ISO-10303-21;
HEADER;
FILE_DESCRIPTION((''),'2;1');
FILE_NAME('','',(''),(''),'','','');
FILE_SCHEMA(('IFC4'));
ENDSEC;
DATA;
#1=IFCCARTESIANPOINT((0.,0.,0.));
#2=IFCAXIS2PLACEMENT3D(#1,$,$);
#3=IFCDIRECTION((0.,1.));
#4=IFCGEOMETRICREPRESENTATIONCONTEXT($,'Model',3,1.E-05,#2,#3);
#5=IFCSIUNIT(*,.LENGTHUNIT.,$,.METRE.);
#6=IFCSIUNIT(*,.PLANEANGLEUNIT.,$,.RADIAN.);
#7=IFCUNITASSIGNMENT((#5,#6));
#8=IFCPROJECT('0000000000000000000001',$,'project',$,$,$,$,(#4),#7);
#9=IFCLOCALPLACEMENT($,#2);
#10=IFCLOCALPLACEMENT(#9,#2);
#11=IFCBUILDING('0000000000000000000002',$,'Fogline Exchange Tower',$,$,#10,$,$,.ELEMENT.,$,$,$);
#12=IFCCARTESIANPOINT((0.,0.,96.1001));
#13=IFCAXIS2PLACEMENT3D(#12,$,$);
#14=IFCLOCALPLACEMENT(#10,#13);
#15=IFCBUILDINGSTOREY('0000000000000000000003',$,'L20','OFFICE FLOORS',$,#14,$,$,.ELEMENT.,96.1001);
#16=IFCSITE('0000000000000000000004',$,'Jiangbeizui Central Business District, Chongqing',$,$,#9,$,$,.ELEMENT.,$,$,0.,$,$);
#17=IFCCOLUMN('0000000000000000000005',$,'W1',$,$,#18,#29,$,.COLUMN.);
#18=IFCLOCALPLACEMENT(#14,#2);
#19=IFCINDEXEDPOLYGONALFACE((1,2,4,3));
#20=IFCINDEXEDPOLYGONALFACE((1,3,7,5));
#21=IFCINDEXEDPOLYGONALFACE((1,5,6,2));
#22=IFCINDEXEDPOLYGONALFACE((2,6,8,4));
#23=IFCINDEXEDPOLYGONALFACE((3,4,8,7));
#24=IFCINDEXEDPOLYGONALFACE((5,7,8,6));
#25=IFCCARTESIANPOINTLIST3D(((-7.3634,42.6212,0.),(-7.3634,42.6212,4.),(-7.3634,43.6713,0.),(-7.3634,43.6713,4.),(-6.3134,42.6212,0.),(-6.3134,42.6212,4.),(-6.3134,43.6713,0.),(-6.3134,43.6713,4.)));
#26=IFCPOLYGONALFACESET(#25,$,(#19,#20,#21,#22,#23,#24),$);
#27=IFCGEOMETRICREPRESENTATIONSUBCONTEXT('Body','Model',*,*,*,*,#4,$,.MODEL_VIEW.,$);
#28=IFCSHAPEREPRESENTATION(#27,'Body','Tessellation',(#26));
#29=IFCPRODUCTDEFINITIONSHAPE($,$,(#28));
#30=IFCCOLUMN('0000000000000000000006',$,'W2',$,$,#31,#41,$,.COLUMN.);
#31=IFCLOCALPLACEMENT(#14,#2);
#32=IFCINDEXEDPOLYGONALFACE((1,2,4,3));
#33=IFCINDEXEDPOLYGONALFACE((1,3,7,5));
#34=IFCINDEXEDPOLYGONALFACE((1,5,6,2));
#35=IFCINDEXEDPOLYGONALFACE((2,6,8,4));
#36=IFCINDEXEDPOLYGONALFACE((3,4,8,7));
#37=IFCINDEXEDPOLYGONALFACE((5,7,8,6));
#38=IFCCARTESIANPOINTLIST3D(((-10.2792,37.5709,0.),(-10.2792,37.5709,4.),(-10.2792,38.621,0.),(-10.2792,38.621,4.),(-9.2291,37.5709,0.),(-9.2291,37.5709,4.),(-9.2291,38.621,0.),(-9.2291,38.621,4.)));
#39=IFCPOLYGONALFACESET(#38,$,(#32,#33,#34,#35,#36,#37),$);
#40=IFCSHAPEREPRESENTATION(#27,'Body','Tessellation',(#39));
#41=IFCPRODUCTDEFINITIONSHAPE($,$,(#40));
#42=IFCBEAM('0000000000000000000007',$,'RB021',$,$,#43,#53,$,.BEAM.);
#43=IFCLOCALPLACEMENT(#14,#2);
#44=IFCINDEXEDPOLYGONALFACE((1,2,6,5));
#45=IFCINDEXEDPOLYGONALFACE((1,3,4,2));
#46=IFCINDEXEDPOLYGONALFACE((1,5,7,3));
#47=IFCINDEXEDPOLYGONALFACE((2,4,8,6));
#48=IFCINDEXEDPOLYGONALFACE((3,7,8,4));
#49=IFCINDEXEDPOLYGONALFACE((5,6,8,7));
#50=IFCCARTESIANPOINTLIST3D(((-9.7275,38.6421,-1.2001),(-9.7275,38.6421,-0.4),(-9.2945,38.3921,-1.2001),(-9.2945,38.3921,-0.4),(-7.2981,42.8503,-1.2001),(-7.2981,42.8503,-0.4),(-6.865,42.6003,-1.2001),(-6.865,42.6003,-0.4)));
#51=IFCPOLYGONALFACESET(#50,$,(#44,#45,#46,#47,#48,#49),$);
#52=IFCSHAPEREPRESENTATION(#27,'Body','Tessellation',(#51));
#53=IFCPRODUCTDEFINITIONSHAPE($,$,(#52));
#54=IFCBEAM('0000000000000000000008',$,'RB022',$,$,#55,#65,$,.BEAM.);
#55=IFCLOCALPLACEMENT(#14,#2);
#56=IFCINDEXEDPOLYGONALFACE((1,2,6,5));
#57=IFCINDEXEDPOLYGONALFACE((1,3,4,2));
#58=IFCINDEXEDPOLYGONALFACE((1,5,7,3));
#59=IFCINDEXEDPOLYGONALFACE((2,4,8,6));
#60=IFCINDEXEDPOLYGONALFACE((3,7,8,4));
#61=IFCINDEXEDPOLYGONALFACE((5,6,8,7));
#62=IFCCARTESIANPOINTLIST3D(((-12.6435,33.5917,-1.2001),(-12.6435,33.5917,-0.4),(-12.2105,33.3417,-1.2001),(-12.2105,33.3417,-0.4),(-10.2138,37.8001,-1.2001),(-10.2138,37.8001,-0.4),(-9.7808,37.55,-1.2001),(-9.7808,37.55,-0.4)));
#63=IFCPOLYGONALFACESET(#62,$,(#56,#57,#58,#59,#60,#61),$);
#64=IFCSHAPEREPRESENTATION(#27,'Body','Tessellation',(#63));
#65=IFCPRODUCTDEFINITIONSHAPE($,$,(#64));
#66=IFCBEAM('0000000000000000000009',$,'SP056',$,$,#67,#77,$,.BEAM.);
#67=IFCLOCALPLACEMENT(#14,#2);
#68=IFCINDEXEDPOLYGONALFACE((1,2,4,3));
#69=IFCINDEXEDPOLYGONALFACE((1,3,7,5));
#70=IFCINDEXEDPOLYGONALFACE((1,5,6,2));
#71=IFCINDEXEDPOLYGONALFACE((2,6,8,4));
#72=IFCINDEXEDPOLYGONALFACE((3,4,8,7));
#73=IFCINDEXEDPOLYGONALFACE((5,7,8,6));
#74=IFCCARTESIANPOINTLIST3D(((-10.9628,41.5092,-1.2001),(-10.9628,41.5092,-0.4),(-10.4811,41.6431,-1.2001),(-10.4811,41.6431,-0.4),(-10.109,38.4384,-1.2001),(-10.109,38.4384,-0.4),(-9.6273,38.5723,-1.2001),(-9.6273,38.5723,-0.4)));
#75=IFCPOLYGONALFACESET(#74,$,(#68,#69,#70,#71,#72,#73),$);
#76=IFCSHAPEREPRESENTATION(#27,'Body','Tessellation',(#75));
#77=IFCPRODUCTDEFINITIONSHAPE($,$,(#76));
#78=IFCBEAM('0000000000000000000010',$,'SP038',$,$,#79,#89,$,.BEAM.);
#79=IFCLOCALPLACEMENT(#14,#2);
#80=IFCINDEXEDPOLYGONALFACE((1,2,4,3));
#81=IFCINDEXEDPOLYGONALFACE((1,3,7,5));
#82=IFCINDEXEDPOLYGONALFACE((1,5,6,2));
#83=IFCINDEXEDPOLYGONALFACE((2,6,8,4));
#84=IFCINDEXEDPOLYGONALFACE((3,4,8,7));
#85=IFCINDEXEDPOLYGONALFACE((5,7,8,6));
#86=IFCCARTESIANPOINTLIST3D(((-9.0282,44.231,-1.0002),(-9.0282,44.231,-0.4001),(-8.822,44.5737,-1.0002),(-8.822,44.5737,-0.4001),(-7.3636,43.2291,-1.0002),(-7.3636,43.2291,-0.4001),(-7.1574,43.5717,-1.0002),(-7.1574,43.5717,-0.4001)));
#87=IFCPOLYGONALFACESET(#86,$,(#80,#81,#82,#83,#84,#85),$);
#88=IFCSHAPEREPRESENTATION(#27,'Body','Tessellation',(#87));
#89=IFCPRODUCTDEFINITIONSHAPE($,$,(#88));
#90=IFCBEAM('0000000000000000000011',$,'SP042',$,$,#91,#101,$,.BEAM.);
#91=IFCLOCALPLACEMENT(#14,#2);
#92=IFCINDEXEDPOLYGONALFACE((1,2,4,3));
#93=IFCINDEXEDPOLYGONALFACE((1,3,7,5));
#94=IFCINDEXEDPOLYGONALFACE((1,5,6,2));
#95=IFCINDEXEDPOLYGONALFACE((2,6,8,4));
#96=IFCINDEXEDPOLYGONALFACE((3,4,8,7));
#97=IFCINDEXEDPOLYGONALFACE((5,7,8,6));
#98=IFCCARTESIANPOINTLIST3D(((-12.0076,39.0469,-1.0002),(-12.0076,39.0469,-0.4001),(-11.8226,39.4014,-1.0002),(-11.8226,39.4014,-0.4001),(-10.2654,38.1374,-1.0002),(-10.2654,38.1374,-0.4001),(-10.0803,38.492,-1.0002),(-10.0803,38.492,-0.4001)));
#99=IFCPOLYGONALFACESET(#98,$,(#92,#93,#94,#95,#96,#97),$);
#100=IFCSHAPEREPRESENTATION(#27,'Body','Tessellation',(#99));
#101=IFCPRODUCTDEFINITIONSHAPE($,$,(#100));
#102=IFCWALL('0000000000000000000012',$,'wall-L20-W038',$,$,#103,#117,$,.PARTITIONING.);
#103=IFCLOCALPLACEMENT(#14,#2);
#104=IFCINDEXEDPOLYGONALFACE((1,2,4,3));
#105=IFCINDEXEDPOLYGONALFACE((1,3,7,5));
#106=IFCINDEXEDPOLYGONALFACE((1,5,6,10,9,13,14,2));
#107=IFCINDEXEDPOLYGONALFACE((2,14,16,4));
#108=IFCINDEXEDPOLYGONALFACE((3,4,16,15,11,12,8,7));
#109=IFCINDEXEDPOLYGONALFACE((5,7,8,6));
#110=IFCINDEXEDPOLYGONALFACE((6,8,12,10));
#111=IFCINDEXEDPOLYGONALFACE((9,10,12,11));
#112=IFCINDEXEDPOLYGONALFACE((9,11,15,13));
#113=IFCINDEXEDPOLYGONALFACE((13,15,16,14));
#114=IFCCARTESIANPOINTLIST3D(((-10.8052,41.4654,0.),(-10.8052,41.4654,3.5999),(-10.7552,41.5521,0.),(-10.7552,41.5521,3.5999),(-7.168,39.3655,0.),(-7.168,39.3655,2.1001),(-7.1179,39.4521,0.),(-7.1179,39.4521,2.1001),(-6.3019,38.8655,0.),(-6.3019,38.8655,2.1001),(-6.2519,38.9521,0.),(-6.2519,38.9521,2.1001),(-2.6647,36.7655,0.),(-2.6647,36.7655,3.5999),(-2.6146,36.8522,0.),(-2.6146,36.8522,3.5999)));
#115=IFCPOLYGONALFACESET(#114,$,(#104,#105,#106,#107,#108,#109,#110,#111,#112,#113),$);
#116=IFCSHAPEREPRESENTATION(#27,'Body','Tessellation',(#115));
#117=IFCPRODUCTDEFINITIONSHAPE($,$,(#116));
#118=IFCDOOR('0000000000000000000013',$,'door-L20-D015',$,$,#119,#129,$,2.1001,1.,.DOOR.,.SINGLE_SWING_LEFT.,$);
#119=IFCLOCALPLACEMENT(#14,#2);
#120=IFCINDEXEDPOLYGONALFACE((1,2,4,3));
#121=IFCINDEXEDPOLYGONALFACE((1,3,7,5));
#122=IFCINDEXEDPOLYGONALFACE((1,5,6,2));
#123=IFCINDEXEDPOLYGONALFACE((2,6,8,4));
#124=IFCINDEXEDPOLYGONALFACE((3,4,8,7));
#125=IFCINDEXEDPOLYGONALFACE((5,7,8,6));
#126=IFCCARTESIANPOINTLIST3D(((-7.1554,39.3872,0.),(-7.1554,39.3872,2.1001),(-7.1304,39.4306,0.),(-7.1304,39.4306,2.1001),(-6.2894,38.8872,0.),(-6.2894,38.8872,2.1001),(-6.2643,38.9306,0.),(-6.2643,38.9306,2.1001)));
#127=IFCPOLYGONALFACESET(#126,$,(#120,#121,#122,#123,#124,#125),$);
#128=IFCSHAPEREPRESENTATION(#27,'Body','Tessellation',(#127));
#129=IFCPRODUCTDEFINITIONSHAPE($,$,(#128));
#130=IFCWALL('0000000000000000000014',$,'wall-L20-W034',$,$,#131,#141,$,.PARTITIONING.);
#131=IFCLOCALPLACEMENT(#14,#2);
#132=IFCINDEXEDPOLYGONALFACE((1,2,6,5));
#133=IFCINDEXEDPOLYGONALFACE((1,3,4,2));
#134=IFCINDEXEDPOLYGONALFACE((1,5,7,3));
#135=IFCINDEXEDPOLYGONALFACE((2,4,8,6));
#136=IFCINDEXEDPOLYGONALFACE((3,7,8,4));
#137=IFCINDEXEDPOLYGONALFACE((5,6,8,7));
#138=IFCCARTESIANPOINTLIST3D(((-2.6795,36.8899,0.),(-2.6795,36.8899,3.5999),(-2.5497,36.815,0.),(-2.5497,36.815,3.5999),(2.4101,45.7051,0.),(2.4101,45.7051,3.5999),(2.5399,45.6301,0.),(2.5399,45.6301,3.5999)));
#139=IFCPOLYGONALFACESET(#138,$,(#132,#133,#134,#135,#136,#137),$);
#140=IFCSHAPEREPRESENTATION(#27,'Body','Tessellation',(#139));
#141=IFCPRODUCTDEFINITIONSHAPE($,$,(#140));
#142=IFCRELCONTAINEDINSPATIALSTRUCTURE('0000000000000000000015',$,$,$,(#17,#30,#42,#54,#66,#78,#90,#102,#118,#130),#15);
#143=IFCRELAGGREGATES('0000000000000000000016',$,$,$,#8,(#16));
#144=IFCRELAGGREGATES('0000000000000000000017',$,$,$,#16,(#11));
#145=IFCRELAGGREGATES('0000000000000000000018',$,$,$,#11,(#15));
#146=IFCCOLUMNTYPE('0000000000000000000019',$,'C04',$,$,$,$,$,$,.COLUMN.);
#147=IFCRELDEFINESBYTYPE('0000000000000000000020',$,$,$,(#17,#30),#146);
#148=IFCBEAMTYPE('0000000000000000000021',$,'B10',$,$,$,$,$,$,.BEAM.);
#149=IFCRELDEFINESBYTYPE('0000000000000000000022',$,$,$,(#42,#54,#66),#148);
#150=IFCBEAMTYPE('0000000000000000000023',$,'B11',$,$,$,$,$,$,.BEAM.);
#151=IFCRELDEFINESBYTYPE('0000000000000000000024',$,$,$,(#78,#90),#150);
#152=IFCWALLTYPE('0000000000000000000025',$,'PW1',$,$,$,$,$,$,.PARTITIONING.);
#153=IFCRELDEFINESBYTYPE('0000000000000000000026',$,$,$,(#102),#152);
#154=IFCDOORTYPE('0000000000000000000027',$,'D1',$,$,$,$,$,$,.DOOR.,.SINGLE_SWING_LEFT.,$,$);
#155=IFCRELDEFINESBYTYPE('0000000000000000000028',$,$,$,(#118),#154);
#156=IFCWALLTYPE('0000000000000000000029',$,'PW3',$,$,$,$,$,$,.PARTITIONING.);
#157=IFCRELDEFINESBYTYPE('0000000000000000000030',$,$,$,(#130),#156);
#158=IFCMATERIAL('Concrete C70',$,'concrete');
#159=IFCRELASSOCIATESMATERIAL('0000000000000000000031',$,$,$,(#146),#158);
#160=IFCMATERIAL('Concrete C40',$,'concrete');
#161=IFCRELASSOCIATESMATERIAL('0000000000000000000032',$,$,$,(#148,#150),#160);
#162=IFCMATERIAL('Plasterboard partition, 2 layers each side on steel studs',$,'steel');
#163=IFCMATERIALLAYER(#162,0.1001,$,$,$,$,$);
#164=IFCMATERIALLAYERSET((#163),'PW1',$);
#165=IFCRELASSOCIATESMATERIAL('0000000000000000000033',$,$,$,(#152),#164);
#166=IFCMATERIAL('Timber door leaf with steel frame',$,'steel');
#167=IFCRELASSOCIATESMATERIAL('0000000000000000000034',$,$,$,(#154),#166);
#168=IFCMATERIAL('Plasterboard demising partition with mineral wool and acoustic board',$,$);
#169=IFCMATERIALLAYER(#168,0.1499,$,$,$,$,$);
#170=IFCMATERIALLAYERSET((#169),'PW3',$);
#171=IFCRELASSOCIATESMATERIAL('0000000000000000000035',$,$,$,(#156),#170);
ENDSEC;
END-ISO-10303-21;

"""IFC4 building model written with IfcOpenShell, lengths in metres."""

from ifc_helpers import new_model, si_unit, direction, frame, frame_2d, origin, origin_2d, place, context, subcontext, project, spatial, rectangle, extrude, material, layer, layer_set, material_profile, profile_set, type_object, element, fill, save


model = new_model("IFC4")

# Units and contexts
model_context = context("Model", 3, precision=1e-05, world=origin(), true_north=direction((0.0, 1.0)))
body_context = subcontext(model_context, "Body", "Model", "MODEL_VIEW")
ifc_project = project(units=[si_unit("LENGTHUNIT", "METRE"), si_unit("PLANEANGLEUNIT", "RADIAN")], contexts=[model_context])

# Site, building, storey
site_placement = place(None, origin())
site = spatial("IfcSite", under=ifc_project, at=site_placement, Name="Jiangbeizui Central Business District, Chongqing", CompositionType="ELEMENT", RefElevation=0.0)
building_placement = place(site_placement, origin())
building = spatial("IfcBuilding", under=site, at=building_placement, Name="Fogline Exchange Tower", CompositionType="ELEMENT")
storey_placement = place(building_placement, frame((0.0, 0.0, 96.1001)))
storey = spatial("IfcBuildingStorey", under=building, at=storey_placement, Name="L20", Description="OFFICE FLOORS", CompositionType="ELEMENT", Elevation=96.1001)

# Columns
ifc_material_1 = material(Name="Concrete C70", Category="concrete")
ifc_material_profile_1 = material_profile(ifc_material_1, rectangle(XDim=1.05, YDim=1.05, at=origin_2d()), Name="RC 1050x1050")
ifc_profile_set_1 = profile_set([ifc_material_profile_1], Name="Concrete C70")
column_type = type_object("IfcColumnType", Name="C04", PredefinedType="COLUMN", material=ifc_profile_set_1)
for number, where, z_axis, x_axis, name in (
    (1, (-6.8384, 43.1462, 0.0), (0.0, 0.0, 1.0), (1.0, 0.0, 0.0), "W1"),
    (2, (-9.7542, 38.0959, 0.0), (0.0, 0.0, 1.0), (1.0, 0.0, 0.0), "W2"),
):
    element("IfcColumn", number, at=place(storey_placement, frame(where, z_axis=z_axis, x_axis=x_axis)), inside=storey, type_object=column_type, Name=name, PredefinedType="COLUMN", context=body_context, shape_type="SweptSolid", body=[
        extrude(rectangle(XDim=1.05, YDim=1.05, at=origin_2d()), origin(), (0.0, 0.0, 1.0), 4.0),
    ])

# Beams
ifc_material_2 = material(Name="Concrete C40", Category="concrete")
ifc_material_profile_2 = material_profile(ifc_material_2, rectangle(XDim=0.5, YDim=0.8, at=origin_2d()), Name="RC 500x800")
ifc_profile_set_2 = profile_set([ifc_material_profile_2], Name="Concrete C40")
beam_type_1 = type_object("IfcBeamType", Name="B10", PredefinedType="BEAM", material=ifc_profile_set_2)
beam_1_placement = place(storey_placement, frame((-7.0815, 42.7253, -0.8), z_axis=(-0.49997, -0.866043, 0.0), x_axis=(0.866043, -0.49997, 0.0)))
element("IfcBeam", 3, at=beam_1_placement, inside=storey, type_object=beam_type_1, Name="RB021", PredefinedType="BEAM", context=body_context, shape_type="SweptSolid", body=[
    extrude(rectangle(XDim=0.5, YDim=0.8, at=origin_2d()), origin(), (0.0, 0.0, 1.0), 4.8591),
])
beam_2_placement = place(storey_placement, frame((-9.9973, 37.675, -0.8), z_axis=(-0.500008, -0.866021, 0.0), x_axis=(0.866021, -0.500008, 0.0)))
element("IfcBeam", 4, at=beam_2_placement, inside=storey, type_object=beam_type_1, Name="RB022", PredefinedType="BEAM", context=body_context, shape_type="SweptSolid", body=[
    extrude(rectangle(XDim=0.5, YDim=0.8, at=origin_2d()), origin(), (0.0, 0.0, 1.0), 4.8594),
])
beam_3_placement = place(storey_placement, frame((-9.8682, 38.5054, -0.8), z_axis=(-0.267865, 0.963456, 0.0), x_axis=(-0.963456, -0.267865, 0.0)))
element("IfcBeam", 5, at=beam_3_placement, inside=storey, type_object=beam_type_1, Name="SP056", PredefinedType="BEAM", context=body_context, shape_type="SweptSolid", body=[
    extrude(rectangle(XDim=0.5, YDim=0.8, at=origin_2d()), origin(), (0.0, 0.0, 1.0), 3.1873),
])
ifc_material_profile_3 = material_profile(ifc_material_2, rectangle(XDim=0.3999, YDim=0.6001, at=origin_2d()), Name="RC 400x600")
ifc_profile_set_3 = profile_set([ifc_material_profile_3], Name="Concrete C40")
beam_type_2 = type_object("IfcBeamType", Name="B11", PredefinedType="BEAM", material=ifc_profile_set_3)
beam_4_placement = place(storey_placement, frame((-7.2605, 43.4004, -0.7002), z_axis=(-0.85676, 0.515715, 0.0), x_axis=(-0.515715, -0.85676, 0.0)))
element("IfcBeam", 6, at=beam_4_placement, inside=storey, type_object=beam_type_2, Name="SP038", PredefinedType="BEAM", context=body_context, shape_type="SweptSolid", body=[
    extrude(rectangle(XDim=0.3999, YDim=0.6001, at=origin_2d()), origin(), (0.0, 0.0, 1.0), 1.9429),
])
beam_5_placement = place(storey_placement, frame((-10.1729, 38.3147, -0.7002), z_axis=(-0.88649, 0.462749, 0.0), x_axis=(-0.462749, -0.88649, 0.0)))
element("IfcBeam", 7, at=beam_5_placement, inside=storey, type_object=beam_type_2, Name="SP042", PredefinedType="BEAM", context=body_context, shape_type="SweptSolid", body=[
    extrude(rectangle(XDim=0.3999, YDim=0.6001, at=origin_2d()), origin(), (0.0, 0.0, 1.0), 1.9653),
])

# Wall, opening, door
ifc_material_3 = material(Name="Plasterboard partition, 2 layers each side on steel studs", Category="steel")
ifc_layer_1 = layer(ifc_material_3, 0.1001)
ifc_layer_set_1 = layer_set([ifc_layer_1], Name="PW1")
wall_type_1 = type_object("IfcWallType", Name="PW1", PredefinedType="PARTITIONING", material=ifc_layer_set_1)
wall_1_placement = place(storey_placement, frame((-2.6396, 36.8088, 0.0), z_axis=(0.0, 0.0, 1.0), x_axis=(-0.866027, 0.499997, 0.0)))
wall_1 = element("IfcWall", 8, at=wall_1_placement, inside=storey, type_object=wall_type_1, Name="wall-L20-W038", PredefinedType="PARTITIONING", context=body_context, shape_type="SweptSolid", body=[
    extrude(rectangle(XDim=9.3999, YDim=0.1001, at=frame_2d((4.7, 0.0))), origin(), (0.0, 0.0, 1.0), 3.5999),
])
opening_placement = place(wall_1_placement, frame((4.2, 0.0, 0.0)))
opening = element("IfcOpeningElement", 9, at=opening_placement, cuts=wall_1, PredefinedType="OPENING", context=body_context, shape_type="SweptSolid", body=[
    extrude(rectangle(XDim=1.0, YDim=2.1001, at=frame_2d((0.5, 1.05))), frame((0.0, 0.0601, 0.0), z_axis=(0.0, -1.0, 0.0), x_axis=(1.0, 0.0, 0.0)), (0.0, 0.0, 1.0), 0.1201),
])
ifc_material_4 = material(Name="Timber door leaf with steel frame", Category="steel")
door_type = type_object("IfcDoorType", Name="D1", OperationType="SINGLE_SWING_LEFT", PredefinedType="DOOR", material=ifc_material_4)
door_placement = place(opening_placement, origin())
door = element("IfcDoor", 10, at=door_placement, inside=storey, type_object=door_type, Name="door-L20-D015", OperationType="SINGLE_SWING_LEFT", OverallHeight=2.1001, OverallWidth=1.0, PredefinedType="DOOR", context=body_context, shape_type="SweptSolid", body=[
    extrude(rectangle(XDim=1.0, YDim=2.1001, at=frame_2d((0.5, 1.05))), frame((0.0, 0.0249, 0.0), z_axis=(0.0, -1.0, 0.0), x_axis=(1.0, 0.0, 0.0)), (0.0, 0.0, 1.0), 0.05),
])
fill(opening, door)

# Wall
ifc_material_5 = material(Name="Plasterboard demising partition with mineral wool and acoustic board")
ifc_layer_2 = layer(ifc_material_5, 0.1499)
ifc_layer_set_2 = layer_set([ifc_layer_2], Name="PW3")
wall_type_2 = type_object("IfcWallType", Name="PW3", PredefinedType="PARTITIONING", material=ifc_layer_set_2)
wall_2_placement = place(storey_placement, frame((-2.6145, 36.8525, 0.0), z_axis=(0.0, 0.0, 1.0), x_axis=(0.500011, 0.866019, 0.0)))
element("IfcWall", 11, at=wall_2_placement, inside=storey, type_object=wall_type_2, Name="wall-L20-W034", PredefinedType="PARTITIONING", context=body_context, shape_type="SweptSolid", body=[
    extrude(rectangle(XDim=10.179, YDim=0.1499, at=frame_2d((5.0894, 0.0))), origin(), (0.0, 0.0, 1.0), 3.5999),
])

save(model, "model.ifc")
